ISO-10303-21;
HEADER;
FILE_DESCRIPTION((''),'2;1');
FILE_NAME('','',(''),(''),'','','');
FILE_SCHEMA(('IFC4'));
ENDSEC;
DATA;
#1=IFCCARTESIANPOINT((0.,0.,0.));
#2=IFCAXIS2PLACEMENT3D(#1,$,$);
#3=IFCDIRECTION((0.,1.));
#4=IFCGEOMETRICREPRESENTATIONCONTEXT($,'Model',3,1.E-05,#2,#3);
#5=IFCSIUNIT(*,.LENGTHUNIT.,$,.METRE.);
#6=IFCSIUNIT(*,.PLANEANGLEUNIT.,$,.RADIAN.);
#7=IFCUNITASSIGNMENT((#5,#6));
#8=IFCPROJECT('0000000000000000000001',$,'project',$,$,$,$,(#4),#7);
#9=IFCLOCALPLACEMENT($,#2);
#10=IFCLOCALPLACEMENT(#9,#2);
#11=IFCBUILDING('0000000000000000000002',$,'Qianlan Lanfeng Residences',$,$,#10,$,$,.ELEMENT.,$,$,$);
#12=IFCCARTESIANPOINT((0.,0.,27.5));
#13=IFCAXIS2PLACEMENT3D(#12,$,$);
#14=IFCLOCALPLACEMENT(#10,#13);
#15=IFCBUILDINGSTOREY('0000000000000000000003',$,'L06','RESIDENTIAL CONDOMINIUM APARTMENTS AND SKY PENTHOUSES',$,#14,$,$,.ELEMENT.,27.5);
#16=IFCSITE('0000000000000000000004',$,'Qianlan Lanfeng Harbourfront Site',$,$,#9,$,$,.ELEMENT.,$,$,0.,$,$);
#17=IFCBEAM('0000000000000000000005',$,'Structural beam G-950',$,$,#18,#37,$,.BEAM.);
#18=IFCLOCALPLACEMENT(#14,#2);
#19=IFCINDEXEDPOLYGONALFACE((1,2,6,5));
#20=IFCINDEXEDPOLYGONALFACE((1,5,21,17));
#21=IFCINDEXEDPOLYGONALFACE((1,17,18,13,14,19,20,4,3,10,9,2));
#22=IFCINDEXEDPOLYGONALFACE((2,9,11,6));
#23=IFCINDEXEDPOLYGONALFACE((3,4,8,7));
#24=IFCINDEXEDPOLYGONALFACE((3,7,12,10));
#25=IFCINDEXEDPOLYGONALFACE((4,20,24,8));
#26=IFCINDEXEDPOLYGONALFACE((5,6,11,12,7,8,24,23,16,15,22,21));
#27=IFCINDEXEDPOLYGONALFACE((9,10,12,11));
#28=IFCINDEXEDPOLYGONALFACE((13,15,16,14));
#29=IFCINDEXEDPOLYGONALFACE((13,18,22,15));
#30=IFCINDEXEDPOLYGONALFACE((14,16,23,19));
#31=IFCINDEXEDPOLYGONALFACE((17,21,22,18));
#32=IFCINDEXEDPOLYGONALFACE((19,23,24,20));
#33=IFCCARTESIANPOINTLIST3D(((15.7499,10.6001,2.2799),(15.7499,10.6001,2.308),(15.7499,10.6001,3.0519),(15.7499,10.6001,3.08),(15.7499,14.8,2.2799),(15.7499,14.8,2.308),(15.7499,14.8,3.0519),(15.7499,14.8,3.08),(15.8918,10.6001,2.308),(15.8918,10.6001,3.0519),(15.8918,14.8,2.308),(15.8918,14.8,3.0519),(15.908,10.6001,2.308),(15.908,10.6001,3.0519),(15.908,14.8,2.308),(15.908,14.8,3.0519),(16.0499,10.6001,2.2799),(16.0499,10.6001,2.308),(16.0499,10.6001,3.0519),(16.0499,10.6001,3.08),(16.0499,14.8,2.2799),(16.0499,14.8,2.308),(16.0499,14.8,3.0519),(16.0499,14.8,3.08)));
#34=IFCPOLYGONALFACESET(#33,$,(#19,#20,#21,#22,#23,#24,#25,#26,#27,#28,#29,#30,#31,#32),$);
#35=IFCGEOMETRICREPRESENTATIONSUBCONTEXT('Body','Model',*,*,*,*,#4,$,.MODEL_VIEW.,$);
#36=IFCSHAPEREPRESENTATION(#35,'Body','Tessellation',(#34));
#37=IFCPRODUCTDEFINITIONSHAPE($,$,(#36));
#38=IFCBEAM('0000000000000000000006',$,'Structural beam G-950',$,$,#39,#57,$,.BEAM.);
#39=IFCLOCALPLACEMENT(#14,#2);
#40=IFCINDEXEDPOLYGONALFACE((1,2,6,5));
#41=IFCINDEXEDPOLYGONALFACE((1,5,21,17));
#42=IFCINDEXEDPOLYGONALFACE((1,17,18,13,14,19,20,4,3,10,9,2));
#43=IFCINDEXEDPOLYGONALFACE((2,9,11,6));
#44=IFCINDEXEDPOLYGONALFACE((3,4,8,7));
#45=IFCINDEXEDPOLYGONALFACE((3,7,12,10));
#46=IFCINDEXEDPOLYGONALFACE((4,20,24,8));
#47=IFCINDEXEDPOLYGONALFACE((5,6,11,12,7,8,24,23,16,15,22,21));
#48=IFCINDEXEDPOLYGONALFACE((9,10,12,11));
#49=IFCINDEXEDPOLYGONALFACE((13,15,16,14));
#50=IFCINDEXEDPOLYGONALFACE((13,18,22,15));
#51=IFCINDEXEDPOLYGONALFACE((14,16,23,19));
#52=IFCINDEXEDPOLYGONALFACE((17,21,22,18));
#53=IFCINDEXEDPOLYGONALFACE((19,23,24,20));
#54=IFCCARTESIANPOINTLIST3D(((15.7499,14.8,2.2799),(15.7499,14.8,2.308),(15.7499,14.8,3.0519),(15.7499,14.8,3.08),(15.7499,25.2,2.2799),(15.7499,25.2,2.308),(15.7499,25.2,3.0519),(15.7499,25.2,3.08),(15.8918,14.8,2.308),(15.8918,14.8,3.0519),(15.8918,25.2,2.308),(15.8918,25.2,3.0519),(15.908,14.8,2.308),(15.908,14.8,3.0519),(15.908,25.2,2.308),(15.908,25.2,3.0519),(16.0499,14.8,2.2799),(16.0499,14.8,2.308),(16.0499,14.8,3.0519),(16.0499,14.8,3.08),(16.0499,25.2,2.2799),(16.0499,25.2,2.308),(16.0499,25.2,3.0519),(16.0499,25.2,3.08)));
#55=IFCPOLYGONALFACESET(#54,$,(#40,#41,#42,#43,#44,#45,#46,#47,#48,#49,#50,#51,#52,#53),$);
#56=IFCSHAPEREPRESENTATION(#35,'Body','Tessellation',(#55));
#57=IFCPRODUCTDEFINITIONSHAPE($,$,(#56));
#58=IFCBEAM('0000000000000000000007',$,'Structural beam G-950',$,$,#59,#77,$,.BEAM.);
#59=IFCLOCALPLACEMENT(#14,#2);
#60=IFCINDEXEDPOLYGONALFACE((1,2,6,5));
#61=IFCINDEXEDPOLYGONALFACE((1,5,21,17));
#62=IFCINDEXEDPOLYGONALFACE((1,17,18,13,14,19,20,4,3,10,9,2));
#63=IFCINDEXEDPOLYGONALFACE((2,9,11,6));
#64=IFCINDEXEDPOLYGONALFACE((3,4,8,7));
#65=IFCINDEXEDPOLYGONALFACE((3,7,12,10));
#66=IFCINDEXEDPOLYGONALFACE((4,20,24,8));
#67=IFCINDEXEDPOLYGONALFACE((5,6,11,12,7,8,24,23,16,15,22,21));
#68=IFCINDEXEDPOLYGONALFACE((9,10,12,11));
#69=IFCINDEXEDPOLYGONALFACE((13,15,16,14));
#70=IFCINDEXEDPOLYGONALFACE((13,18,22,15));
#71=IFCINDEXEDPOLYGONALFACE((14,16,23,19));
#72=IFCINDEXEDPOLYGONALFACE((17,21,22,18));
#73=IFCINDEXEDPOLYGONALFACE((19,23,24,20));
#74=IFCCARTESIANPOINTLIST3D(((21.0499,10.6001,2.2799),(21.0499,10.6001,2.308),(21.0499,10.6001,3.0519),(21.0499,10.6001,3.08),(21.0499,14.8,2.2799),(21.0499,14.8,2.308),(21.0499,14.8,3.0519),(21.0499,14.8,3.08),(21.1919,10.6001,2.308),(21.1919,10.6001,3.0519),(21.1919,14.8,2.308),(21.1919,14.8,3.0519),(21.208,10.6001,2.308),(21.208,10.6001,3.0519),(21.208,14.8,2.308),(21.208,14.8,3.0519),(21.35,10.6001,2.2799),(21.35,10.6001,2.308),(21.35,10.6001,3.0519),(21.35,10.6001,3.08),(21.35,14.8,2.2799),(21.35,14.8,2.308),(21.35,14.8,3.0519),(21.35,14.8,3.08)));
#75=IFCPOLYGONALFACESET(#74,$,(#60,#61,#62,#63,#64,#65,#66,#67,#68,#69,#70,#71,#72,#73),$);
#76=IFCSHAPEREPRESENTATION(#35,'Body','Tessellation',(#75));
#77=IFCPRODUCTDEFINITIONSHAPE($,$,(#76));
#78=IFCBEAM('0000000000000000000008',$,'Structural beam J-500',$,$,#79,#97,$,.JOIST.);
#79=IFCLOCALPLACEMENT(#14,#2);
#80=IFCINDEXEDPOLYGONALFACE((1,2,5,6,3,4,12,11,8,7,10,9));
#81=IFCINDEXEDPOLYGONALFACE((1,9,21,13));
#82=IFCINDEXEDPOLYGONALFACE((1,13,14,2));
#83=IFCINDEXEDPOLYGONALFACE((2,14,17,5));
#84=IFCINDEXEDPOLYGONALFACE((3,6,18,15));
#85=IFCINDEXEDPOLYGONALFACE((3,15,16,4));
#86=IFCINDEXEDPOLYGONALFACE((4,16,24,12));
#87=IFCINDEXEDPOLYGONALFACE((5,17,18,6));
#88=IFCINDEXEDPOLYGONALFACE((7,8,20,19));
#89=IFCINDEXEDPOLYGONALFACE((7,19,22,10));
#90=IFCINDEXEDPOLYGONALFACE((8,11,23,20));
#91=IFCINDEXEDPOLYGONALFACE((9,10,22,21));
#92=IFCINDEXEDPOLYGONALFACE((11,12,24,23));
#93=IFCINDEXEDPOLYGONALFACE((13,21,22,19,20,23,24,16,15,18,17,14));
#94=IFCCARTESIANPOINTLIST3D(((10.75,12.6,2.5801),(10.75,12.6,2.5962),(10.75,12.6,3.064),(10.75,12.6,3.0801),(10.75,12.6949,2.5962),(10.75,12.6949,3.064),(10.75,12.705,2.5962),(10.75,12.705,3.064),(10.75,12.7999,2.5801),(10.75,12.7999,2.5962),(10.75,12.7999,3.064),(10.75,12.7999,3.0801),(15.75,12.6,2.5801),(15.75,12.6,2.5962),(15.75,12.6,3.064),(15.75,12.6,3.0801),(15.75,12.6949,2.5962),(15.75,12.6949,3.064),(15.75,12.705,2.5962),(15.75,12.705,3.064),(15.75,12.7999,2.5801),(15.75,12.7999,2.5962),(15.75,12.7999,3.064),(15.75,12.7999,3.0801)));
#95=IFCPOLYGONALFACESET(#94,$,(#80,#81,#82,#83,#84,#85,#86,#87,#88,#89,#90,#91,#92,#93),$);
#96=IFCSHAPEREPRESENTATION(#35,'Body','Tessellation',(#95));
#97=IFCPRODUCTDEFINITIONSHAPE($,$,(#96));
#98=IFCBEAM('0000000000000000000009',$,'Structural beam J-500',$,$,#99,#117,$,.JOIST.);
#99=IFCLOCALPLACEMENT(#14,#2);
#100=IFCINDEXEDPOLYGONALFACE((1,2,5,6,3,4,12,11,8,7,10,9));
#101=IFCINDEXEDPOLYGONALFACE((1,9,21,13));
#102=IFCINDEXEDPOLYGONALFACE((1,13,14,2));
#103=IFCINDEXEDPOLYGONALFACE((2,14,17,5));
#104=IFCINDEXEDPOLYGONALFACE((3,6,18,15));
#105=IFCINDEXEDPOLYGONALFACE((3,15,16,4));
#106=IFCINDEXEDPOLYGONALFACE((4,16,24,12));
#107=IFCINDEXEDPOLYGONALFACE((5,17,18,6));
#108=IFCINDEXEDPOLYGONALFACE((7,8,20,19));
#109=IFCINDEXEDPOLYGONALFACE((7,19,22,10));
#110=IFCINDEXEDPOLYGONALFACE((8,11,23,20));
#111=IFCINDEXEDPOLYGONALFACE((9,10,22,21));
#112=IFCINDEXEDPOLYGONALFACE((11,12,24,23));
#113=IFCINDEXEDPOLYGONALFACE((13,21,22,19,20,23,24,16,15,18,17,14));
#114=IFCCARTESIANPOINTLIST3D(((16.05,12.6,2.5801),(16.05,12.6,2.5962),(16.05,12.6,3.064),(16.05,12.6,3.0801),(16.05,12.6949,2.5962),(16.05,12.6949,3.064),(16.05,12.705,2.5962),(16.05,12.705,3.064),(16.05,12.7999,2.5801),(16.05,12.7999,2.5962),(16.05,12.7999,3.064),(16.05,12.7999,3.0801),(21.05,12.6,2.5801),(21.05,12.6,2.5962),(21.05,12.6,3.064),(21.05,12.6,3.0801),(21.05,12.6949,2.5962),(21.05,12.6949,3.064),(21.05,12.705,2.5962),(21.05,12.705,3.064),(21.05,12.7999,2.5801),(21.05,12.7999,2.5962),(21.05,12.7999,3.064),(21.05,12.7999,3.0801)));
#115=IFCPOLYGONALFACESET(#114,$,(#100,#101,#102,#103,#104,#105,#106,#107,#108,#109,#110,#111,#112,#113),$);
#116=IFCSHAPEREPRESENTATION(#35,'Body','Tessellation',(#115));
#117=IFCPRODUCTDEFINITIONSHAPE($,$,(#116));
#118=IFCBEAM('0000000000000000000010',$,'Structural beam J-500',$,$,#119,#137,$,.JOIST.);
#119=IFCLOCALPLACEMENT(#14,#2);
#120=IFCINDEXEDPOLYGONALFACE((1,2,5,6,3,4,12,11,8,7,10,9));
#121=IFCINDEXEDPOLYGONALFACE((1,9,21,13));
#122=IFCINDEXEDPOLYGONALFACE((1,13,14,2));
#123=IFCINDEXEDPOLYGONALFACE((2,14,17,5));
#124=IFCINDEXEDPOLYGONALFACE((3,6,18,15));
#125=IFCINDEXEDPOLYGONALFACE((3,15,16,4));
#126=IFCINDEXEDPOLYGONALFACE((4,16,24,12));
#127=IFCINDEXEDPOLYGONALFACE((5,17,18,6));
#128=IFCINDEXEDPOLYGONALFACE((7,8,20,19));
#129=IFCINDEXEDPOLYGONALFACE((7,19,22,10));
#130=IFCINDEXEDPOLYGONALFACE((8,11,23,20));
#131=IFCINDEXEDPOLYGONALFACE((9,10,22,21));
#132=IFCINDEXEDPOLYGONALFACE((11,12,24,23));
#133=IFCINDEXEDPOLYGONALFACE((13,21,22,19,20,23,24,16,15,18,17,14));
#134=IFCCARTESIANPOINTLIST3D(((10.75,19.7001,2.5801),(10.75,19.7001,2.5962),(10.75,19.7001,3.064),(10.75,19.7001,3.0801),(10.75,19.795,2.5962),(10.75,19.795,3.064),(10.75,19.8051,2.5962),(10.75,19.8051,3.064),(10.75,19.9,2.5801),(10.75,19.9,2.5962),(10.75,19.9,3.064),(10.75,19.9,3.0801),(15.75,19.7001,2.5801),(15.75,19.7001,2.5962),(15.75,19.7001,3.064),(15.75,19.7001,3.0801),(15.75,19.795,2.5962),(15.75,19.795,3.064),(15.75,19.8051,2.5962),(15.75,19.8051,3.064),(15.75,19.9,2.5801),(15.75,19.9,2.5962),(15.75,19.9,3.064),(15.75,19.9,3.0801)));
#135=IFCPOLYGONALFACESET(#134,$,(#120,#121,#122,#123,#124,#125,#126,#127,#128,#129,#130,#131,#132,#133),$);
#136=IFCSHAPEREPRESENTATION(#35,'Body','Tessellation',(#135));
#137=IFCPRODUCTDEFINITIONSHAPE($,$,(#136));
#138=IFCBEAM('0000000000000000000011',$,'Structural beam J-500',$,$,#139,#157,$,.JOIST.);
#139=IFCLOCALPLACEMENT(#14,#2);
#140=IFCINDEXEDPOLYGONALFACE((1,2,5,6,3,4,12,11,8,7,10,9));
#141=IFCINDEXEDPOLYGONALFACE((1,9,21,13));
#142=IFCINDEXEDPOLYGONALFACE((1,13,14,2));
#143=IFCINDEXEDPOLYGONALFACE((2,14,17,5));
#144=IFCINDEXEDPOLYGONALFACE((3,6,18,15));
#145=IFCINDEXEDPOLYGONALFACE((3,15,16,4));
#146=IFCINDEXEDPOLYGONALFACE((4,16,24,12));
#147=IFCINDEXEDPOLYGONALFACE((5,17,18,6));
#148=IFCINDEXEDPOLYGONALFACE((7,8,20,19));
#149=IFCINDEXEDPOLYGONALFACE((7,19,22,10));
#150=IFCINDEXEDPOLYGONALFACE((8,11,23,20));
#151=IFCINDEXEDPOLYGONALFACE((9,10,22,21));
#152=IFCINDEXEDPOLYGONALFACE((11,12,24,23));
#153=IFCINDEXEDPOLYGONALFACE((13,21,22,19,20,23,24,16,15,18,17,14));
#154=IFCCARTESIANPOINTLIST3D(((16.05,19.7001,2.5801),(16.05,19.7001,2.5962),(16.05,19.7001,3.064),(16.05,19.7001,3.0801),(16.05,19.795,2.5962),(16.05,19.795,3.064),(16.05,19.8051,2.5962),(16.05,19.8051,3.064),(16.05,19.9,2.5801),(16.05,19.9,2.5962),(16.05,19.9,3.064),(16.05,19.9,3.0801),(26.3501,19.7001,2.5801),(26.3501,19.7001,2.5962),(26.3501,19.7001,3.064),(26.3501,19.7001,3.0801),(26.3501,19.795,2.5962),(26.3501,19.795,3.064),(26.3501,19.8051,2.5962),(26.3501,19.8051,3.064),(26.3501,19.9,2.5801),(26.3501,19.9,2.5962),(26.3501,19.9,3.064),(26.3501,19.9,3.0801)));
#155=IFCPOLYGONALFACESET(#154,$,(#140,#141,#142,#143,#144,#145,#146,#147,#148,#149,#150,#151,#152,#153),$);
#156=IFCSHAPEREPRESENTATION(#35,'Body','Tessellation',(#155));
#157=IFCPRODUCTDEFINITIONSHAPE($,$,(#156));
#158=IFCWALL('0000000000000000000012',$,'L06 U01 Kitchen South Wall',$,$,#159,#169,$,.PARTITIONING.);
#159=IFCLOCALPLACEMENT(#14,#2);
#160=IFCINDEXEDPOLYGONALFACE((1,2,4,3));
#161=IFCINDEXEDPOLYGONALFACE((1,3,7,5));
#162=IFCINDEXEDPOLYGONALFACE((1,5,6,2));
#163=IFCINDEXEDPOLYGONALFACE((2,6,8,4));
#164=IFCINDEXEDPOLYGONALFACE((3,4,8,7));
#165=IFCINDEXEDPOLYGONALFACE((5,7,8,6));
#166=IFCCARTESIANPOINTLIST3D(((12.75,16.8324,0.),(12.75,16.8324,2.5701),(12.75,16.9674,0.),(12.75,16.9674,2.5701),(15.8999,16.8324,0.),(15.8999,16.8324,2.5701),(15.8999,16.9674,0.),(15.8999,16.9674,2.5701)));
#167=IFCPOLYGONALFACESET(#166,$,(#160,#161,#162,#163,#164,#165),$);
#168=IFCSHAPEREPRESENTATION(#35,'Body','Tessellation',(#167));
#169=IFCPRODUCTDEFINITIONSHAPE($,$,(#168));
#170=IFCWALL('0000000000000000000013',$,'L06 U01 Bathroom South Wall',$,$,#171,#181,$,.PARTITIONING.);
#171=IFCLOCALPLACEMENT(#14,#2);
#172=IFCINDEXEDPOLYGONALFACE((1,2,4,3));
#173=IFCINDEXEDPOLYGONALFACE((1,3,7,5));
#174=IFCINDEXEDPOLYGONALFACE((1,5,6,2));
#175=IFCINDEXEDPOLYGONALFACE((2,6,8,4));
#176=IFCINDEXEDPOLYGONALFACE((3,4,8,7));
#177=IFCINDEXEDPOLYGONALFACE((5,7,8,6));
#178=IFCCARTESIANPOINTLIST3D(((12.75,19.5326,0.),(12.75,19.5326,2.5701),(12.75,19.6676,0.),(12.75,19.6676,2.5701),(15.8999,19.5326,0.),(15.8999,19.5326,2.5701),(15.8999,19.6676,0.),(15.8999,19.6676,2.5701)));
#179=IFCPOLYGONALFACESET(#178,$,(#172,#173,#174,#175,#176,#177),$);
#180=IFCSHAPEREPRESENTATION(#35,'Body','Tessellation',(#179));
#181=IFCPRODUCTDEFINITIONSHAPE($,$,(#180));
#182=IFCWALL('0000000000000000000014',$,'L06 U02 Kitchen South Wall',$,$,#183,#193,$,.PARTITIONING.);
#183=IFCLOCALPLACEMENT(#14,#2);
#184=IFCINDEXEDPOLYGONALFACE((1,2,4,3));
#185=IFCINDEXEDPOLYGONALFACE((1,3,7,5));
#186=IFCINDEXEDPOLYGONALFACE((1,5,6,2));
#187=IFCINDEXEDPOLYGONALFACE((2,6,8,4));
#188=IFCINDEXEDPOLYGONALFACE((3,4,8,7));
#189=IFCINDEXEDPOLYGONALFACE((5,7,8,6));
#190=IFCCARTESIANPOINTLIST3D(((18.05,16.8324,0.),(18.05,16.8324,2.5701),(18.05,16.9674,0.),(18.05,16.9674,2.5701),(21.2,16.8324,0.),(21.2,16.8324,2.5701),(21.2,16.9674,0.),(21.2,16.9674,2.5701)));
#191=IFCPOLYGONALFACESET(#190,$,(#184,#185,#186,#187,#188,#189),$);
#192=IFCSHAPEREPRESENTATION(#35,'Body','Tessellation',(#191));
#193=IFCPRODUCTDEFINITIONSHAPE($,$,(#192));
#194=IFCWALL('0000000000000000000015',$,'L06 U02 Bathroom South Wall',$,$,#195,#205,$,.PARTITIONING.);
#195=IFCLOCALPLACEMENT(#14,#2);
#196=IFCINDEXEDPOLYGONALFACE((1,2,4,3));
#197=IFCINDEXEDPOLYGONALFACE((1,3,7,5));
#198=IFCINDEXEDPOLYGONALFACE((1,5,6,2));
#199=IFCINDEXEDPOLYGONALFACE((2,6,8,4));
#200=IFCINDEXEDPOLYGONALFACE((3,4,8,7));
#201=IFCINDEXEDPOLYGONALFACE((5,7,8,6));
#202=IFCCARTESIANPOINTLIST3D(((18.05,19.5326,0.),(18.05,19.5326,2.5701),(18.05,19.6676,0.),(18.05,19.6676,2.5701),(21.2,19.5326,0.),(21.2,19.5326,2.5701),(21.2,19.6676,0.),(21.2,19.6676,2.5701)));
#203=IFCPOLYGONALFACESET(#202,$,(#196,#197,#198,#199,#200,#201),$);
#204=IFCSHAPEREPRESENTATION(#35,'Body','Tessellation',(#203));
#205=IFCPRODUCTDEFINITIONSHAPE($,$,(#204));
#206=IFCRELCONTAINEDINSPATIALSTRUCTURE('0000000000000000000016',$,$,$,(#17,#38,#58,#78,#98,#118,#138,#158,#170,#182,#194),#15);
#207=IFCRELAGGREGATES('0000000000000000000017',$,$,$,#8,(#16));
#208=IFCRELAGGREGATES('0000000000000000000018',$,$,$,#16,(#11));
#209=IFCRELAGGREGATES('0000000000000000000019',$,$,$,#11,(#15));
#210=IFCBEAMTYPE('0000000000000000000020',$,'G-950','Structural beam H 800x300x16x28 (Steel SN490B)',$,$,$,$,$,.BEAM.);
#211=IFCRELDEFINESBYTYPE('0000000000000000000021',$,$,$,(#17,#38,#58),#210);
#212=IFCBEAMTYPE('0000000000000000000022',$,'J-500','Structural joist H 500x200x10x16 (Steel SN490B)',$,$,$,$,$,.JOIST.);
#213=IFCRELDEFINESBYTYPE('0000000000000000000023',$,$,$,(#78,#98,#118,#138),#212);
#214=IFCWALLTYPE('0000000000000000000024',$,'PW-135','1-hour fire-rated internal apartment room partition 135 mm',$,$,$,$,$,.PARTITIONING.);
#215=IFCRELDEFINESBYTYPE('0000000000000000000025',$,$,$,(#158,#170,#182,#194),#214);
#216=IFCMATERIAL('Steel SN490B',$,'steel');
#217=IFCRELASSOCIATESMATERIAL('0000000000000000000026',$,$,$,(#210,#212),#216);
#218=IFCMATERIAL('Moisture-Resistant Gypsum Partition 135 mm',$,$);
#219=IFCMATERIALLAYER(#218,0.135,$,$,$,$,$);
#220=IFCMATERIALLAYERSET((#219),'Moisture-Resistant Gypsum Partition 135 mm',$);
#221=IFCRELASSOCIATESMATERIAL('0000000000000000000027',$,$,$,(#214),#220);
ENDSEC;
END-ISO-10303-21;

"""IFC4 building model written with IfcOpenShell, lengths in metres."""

from ifc_helpers import new_model, si_unit, direction, frame, frame_2d, origin, origin_2d, place, context, subcontext, project, spatial, rectangle, i_section, extrude, material, layer, layer_set, material_profile, profile_set, type_object, element, save


model = new_model("IFC4")

# Units and contexts
model_context = context("Model", 3, precision=1e-05, world=origin(), true_north=direction((0.0, 1.0)))
body_context = subcontext(model_context, "Body", "Model", "MODEL_VIEW")
ifc_project = project(units=[si_unit("LENGTHUNIT", "METRE"), si_unit("PLANEANGLEUNIT", "RADIAN")], contexts=[model_context])

# Site, building, storey
site_placement = place(None, origin())
site = spatial("IfcSite", under=ifc_project, at=site_placement, Name="Qianlan Lanfeng Harbourfront Site", CompositionType="ELEMENT", RefElevation=0.0)
building_placement = place(site_placement, origin())
building = spatial("IfcBuilding", under=site, at=building_placement, Name="Qianlan Lanfeng Residences", CompositionType="ELEMENT")
storey_placement = place(building_placement, frame((0.0, 0.0, 27.5)))
storey = spatial("IfcBuildingStorey", under=building, at=storey_placement, Name="L06", Description="RESIDENTIAL CONDOMINIUM APARTMENTS AND SKY PENTHOUSES", CompositionType="ELEMENT", Elevation=27.5)

# Beams
ifc_material_1 = material(Name="Steel SN490B", Category="steel")
ifc_material_profile_1 = material_profile(ifc_material_1, i_section(OverallWidth=0.3, OverallDepth=0.8, WebThickness=0.0161, FlangeThickness=0.0281, at=origin_2d()), Name="H 800x300x16x28")
ifc_profile_set_1 = profile_set([ifc_material_profile_1], Name="Steel SN490B")
beam_type_1 = type_object("IfcBeamType", Name="G-950", Description="Structural beam H 800x300x16x28 (Steel SN490B)", PredefinedType="BEAM", material=ifc_profile_set_1)
beam_1_placement = place(storey_placement, frame((15.8999, 10.6001, 2.6799), z_axis=(0.0, 1.0, 0.0), x_axis=(-1.0, 0.0, 0.0)))
element("IfcBeam", 1, at=beam_1_placement, inside=storey, type_object=beam_type_1, Name="Structural beam G-950", PredefinedType="BEAM", context=body_context, shape_type="SweptSolid", body=[
    extrude(i_section(OverallWidth=0.3, OverallDepth=0.8, WebThickness=0.0161, FlangeThickness=0.0281, at=origin_2d()), origin(), (0.0, 0.0, 1.0), 4.2),
])
beam_2_placement = place(storey_placement, frame((15.8999, 14.8, 2.6799), z_axis=(0.0, 1.0, 0.0), x_axis=(-1.0, 0.0, 0.0)))
element("IfcBeam", 2, at=beam_2_placement, inside=storey, type_object=beam_type_1, Name="Structural beam G-950", PredefinedType="BEAM", context=body_context, shape_type="SweptSolid", body=[
    extrude(i_section(OverallWidth=0.3, OverallDepth=0.8, WebThickness=0.0161, FlangeThickness=0.0281, at=origin_2d()), origin(), (0.0, 0.0, 1.0), 10.3999),
])
beam_3_placement = place(storey_placement, frame((21.2, 10.6001, 2.6799), z_axis=(0.0, 1.0, 0.0), x_axis=(-1.0, 0.0, 0.0)))
element("IfcBeam", 3, at=beam_3_placement, inside=storey, type_object=beam_type_1, Name="Structural beam G-950", PredefinedType="BEAM", context=body_context, shape_type="SweptSolid", body=[
    extrude(i_section(OverallWidth=0.3, OverallDepth=0.8, WebThickness=0.0161, FlangeThickness=0.0281, at=origin_2d()), origin(), (0.0, 0.0, 1.0), 4.2),
])
ifc_material_profile_2 = material_profile(ifc_material_1, i_section(OverallWidth=0.2, OverallDepth=0.5, WebThickness=0.01, FlangeThickness=0.0161, at=origin_2d()), Name="H 500x200x10x16")
ifc_profile_set_2 = profile_set([ifc_material_profile_2], Name="Steel SN490B")
beam_type_2 = type_object("IfcBeamType", Name="J-500", Description="Structural joist H 500x200x10x16 (Steel SN490B)", PredefinedType="JOIST", material=ifc_profile_set_2)
for number, where, z_axis, x_axis, name in (
    (4, (10.75, 12.7, 2.8301), (1.0, 0.0, 0.0), (0.0, 1.0, 0.0), "Structural beam J-500"),
    (5, (16.05, 12.7, 2.8301), (1.0, 0.0, 0.0), (0.0, 1.0, 0.0), "Structural beam J-500"),
    (6, (10.75, 19.8, 2.8301), (1.0, 0.0, 0.0), (0.0, 1.0, 0.0), "Structural beam J-500"),
):
    element("IfcBeam", number, at=place(storey_placement, frame(where, z_axis=z_axis, x_axis=x_axis)), inside=storey, type_object=beam_type_2, Name=name, PredefinedType="JOIST", context=body_context, shape_type="SweptSolid", body=[
        extrude(i_section(OverallWidth=0.2, OverallDepth=0.5, WebThickness=0.01, FlangeThickness=0.0161, at=origin_2d()), origin(), (0.0, 0.0, 1.0), 5.0),
    ])
beam_4_placement = place(storey_placement, frame((16.05, 19.8, 2.8301), z_axis=(1.0, 0.0, 0.0), x_axis=(0.0, 1.0, 0.0)))
element("IfcBeam", 7, at=beam_4_placement, inside=storey, type_object=beam_type_2, Name="Structural beam J-500", PredefinedType="JOIST", context=body_context, shape_type="SweptSolid", body=[
    extrude(i_section(OverallWidth=0.2, OverallDepth=0.5, WebThickness=0.01, FlangeThickness=0.0161, at=origin_2d()), origin(), (0.0, 0.0, 1.0), 10.3),
])

# Shared definitions
ifc_material_2 = material(Name="Moisture-Resistant Gypsum Partition 135 mm")
ifc_layer = layer(ifc_material_2, 0.135)
ifc_layer_set = layer_set([ifc_layer], Name="Moisture-Resistant Gypsum Partition 135 mm")
wall_type = type_object("IfcWallType", Name="PW-135", Description="1-hour fire-rated internal apartment room partition 135 mm", PredefinedType="PARTITIONING", material=ifc_layer_set)

# Walls
for number, where, z_axis, x_axis, name in (
    (8, (12.75, 16.8999, 0.0), (0.0, 0.0, 1.0), (1.0, 0.0, 0.0), "L06 U01 Kitchen South Wall"),
    (9, (12.75, 19.6001, 0.0), (0.0, 0.0, 1.0), (1.0, 0.0, 0.0), "L06 U01 Bathroom South Wall"),
    (10, (18.05, 16.8999, 0.0), (0.0, 0.0, 1.0), (1.0, 0.0, 0.0), "L06 U02 Kitchen South Wall"),
    (11, (18.05, 19.6001, 0.0), (0.0, 0.0, 1.0), (1.0, 0.0, 0.0), "L06 U02 Bathroom South Wall"),
):
    element("IfcWall", number, at=place(storey_placement, frame(where, z_axis=z_axis, x_axis=x_axis)), inside=storey, type_object=wall_type, Name=name, PredefinedType="PARTITIONING", context=body_context, shape_type="SweptSolid", body=[
        extrude(rectangle(XDim=3.1499, YDim=0.135, at=frame_2d((1.575, 0.0))), origin(), (0.0, 0.0, 1.0), 2.5701),
    ])

save(model, "model.ifc")
